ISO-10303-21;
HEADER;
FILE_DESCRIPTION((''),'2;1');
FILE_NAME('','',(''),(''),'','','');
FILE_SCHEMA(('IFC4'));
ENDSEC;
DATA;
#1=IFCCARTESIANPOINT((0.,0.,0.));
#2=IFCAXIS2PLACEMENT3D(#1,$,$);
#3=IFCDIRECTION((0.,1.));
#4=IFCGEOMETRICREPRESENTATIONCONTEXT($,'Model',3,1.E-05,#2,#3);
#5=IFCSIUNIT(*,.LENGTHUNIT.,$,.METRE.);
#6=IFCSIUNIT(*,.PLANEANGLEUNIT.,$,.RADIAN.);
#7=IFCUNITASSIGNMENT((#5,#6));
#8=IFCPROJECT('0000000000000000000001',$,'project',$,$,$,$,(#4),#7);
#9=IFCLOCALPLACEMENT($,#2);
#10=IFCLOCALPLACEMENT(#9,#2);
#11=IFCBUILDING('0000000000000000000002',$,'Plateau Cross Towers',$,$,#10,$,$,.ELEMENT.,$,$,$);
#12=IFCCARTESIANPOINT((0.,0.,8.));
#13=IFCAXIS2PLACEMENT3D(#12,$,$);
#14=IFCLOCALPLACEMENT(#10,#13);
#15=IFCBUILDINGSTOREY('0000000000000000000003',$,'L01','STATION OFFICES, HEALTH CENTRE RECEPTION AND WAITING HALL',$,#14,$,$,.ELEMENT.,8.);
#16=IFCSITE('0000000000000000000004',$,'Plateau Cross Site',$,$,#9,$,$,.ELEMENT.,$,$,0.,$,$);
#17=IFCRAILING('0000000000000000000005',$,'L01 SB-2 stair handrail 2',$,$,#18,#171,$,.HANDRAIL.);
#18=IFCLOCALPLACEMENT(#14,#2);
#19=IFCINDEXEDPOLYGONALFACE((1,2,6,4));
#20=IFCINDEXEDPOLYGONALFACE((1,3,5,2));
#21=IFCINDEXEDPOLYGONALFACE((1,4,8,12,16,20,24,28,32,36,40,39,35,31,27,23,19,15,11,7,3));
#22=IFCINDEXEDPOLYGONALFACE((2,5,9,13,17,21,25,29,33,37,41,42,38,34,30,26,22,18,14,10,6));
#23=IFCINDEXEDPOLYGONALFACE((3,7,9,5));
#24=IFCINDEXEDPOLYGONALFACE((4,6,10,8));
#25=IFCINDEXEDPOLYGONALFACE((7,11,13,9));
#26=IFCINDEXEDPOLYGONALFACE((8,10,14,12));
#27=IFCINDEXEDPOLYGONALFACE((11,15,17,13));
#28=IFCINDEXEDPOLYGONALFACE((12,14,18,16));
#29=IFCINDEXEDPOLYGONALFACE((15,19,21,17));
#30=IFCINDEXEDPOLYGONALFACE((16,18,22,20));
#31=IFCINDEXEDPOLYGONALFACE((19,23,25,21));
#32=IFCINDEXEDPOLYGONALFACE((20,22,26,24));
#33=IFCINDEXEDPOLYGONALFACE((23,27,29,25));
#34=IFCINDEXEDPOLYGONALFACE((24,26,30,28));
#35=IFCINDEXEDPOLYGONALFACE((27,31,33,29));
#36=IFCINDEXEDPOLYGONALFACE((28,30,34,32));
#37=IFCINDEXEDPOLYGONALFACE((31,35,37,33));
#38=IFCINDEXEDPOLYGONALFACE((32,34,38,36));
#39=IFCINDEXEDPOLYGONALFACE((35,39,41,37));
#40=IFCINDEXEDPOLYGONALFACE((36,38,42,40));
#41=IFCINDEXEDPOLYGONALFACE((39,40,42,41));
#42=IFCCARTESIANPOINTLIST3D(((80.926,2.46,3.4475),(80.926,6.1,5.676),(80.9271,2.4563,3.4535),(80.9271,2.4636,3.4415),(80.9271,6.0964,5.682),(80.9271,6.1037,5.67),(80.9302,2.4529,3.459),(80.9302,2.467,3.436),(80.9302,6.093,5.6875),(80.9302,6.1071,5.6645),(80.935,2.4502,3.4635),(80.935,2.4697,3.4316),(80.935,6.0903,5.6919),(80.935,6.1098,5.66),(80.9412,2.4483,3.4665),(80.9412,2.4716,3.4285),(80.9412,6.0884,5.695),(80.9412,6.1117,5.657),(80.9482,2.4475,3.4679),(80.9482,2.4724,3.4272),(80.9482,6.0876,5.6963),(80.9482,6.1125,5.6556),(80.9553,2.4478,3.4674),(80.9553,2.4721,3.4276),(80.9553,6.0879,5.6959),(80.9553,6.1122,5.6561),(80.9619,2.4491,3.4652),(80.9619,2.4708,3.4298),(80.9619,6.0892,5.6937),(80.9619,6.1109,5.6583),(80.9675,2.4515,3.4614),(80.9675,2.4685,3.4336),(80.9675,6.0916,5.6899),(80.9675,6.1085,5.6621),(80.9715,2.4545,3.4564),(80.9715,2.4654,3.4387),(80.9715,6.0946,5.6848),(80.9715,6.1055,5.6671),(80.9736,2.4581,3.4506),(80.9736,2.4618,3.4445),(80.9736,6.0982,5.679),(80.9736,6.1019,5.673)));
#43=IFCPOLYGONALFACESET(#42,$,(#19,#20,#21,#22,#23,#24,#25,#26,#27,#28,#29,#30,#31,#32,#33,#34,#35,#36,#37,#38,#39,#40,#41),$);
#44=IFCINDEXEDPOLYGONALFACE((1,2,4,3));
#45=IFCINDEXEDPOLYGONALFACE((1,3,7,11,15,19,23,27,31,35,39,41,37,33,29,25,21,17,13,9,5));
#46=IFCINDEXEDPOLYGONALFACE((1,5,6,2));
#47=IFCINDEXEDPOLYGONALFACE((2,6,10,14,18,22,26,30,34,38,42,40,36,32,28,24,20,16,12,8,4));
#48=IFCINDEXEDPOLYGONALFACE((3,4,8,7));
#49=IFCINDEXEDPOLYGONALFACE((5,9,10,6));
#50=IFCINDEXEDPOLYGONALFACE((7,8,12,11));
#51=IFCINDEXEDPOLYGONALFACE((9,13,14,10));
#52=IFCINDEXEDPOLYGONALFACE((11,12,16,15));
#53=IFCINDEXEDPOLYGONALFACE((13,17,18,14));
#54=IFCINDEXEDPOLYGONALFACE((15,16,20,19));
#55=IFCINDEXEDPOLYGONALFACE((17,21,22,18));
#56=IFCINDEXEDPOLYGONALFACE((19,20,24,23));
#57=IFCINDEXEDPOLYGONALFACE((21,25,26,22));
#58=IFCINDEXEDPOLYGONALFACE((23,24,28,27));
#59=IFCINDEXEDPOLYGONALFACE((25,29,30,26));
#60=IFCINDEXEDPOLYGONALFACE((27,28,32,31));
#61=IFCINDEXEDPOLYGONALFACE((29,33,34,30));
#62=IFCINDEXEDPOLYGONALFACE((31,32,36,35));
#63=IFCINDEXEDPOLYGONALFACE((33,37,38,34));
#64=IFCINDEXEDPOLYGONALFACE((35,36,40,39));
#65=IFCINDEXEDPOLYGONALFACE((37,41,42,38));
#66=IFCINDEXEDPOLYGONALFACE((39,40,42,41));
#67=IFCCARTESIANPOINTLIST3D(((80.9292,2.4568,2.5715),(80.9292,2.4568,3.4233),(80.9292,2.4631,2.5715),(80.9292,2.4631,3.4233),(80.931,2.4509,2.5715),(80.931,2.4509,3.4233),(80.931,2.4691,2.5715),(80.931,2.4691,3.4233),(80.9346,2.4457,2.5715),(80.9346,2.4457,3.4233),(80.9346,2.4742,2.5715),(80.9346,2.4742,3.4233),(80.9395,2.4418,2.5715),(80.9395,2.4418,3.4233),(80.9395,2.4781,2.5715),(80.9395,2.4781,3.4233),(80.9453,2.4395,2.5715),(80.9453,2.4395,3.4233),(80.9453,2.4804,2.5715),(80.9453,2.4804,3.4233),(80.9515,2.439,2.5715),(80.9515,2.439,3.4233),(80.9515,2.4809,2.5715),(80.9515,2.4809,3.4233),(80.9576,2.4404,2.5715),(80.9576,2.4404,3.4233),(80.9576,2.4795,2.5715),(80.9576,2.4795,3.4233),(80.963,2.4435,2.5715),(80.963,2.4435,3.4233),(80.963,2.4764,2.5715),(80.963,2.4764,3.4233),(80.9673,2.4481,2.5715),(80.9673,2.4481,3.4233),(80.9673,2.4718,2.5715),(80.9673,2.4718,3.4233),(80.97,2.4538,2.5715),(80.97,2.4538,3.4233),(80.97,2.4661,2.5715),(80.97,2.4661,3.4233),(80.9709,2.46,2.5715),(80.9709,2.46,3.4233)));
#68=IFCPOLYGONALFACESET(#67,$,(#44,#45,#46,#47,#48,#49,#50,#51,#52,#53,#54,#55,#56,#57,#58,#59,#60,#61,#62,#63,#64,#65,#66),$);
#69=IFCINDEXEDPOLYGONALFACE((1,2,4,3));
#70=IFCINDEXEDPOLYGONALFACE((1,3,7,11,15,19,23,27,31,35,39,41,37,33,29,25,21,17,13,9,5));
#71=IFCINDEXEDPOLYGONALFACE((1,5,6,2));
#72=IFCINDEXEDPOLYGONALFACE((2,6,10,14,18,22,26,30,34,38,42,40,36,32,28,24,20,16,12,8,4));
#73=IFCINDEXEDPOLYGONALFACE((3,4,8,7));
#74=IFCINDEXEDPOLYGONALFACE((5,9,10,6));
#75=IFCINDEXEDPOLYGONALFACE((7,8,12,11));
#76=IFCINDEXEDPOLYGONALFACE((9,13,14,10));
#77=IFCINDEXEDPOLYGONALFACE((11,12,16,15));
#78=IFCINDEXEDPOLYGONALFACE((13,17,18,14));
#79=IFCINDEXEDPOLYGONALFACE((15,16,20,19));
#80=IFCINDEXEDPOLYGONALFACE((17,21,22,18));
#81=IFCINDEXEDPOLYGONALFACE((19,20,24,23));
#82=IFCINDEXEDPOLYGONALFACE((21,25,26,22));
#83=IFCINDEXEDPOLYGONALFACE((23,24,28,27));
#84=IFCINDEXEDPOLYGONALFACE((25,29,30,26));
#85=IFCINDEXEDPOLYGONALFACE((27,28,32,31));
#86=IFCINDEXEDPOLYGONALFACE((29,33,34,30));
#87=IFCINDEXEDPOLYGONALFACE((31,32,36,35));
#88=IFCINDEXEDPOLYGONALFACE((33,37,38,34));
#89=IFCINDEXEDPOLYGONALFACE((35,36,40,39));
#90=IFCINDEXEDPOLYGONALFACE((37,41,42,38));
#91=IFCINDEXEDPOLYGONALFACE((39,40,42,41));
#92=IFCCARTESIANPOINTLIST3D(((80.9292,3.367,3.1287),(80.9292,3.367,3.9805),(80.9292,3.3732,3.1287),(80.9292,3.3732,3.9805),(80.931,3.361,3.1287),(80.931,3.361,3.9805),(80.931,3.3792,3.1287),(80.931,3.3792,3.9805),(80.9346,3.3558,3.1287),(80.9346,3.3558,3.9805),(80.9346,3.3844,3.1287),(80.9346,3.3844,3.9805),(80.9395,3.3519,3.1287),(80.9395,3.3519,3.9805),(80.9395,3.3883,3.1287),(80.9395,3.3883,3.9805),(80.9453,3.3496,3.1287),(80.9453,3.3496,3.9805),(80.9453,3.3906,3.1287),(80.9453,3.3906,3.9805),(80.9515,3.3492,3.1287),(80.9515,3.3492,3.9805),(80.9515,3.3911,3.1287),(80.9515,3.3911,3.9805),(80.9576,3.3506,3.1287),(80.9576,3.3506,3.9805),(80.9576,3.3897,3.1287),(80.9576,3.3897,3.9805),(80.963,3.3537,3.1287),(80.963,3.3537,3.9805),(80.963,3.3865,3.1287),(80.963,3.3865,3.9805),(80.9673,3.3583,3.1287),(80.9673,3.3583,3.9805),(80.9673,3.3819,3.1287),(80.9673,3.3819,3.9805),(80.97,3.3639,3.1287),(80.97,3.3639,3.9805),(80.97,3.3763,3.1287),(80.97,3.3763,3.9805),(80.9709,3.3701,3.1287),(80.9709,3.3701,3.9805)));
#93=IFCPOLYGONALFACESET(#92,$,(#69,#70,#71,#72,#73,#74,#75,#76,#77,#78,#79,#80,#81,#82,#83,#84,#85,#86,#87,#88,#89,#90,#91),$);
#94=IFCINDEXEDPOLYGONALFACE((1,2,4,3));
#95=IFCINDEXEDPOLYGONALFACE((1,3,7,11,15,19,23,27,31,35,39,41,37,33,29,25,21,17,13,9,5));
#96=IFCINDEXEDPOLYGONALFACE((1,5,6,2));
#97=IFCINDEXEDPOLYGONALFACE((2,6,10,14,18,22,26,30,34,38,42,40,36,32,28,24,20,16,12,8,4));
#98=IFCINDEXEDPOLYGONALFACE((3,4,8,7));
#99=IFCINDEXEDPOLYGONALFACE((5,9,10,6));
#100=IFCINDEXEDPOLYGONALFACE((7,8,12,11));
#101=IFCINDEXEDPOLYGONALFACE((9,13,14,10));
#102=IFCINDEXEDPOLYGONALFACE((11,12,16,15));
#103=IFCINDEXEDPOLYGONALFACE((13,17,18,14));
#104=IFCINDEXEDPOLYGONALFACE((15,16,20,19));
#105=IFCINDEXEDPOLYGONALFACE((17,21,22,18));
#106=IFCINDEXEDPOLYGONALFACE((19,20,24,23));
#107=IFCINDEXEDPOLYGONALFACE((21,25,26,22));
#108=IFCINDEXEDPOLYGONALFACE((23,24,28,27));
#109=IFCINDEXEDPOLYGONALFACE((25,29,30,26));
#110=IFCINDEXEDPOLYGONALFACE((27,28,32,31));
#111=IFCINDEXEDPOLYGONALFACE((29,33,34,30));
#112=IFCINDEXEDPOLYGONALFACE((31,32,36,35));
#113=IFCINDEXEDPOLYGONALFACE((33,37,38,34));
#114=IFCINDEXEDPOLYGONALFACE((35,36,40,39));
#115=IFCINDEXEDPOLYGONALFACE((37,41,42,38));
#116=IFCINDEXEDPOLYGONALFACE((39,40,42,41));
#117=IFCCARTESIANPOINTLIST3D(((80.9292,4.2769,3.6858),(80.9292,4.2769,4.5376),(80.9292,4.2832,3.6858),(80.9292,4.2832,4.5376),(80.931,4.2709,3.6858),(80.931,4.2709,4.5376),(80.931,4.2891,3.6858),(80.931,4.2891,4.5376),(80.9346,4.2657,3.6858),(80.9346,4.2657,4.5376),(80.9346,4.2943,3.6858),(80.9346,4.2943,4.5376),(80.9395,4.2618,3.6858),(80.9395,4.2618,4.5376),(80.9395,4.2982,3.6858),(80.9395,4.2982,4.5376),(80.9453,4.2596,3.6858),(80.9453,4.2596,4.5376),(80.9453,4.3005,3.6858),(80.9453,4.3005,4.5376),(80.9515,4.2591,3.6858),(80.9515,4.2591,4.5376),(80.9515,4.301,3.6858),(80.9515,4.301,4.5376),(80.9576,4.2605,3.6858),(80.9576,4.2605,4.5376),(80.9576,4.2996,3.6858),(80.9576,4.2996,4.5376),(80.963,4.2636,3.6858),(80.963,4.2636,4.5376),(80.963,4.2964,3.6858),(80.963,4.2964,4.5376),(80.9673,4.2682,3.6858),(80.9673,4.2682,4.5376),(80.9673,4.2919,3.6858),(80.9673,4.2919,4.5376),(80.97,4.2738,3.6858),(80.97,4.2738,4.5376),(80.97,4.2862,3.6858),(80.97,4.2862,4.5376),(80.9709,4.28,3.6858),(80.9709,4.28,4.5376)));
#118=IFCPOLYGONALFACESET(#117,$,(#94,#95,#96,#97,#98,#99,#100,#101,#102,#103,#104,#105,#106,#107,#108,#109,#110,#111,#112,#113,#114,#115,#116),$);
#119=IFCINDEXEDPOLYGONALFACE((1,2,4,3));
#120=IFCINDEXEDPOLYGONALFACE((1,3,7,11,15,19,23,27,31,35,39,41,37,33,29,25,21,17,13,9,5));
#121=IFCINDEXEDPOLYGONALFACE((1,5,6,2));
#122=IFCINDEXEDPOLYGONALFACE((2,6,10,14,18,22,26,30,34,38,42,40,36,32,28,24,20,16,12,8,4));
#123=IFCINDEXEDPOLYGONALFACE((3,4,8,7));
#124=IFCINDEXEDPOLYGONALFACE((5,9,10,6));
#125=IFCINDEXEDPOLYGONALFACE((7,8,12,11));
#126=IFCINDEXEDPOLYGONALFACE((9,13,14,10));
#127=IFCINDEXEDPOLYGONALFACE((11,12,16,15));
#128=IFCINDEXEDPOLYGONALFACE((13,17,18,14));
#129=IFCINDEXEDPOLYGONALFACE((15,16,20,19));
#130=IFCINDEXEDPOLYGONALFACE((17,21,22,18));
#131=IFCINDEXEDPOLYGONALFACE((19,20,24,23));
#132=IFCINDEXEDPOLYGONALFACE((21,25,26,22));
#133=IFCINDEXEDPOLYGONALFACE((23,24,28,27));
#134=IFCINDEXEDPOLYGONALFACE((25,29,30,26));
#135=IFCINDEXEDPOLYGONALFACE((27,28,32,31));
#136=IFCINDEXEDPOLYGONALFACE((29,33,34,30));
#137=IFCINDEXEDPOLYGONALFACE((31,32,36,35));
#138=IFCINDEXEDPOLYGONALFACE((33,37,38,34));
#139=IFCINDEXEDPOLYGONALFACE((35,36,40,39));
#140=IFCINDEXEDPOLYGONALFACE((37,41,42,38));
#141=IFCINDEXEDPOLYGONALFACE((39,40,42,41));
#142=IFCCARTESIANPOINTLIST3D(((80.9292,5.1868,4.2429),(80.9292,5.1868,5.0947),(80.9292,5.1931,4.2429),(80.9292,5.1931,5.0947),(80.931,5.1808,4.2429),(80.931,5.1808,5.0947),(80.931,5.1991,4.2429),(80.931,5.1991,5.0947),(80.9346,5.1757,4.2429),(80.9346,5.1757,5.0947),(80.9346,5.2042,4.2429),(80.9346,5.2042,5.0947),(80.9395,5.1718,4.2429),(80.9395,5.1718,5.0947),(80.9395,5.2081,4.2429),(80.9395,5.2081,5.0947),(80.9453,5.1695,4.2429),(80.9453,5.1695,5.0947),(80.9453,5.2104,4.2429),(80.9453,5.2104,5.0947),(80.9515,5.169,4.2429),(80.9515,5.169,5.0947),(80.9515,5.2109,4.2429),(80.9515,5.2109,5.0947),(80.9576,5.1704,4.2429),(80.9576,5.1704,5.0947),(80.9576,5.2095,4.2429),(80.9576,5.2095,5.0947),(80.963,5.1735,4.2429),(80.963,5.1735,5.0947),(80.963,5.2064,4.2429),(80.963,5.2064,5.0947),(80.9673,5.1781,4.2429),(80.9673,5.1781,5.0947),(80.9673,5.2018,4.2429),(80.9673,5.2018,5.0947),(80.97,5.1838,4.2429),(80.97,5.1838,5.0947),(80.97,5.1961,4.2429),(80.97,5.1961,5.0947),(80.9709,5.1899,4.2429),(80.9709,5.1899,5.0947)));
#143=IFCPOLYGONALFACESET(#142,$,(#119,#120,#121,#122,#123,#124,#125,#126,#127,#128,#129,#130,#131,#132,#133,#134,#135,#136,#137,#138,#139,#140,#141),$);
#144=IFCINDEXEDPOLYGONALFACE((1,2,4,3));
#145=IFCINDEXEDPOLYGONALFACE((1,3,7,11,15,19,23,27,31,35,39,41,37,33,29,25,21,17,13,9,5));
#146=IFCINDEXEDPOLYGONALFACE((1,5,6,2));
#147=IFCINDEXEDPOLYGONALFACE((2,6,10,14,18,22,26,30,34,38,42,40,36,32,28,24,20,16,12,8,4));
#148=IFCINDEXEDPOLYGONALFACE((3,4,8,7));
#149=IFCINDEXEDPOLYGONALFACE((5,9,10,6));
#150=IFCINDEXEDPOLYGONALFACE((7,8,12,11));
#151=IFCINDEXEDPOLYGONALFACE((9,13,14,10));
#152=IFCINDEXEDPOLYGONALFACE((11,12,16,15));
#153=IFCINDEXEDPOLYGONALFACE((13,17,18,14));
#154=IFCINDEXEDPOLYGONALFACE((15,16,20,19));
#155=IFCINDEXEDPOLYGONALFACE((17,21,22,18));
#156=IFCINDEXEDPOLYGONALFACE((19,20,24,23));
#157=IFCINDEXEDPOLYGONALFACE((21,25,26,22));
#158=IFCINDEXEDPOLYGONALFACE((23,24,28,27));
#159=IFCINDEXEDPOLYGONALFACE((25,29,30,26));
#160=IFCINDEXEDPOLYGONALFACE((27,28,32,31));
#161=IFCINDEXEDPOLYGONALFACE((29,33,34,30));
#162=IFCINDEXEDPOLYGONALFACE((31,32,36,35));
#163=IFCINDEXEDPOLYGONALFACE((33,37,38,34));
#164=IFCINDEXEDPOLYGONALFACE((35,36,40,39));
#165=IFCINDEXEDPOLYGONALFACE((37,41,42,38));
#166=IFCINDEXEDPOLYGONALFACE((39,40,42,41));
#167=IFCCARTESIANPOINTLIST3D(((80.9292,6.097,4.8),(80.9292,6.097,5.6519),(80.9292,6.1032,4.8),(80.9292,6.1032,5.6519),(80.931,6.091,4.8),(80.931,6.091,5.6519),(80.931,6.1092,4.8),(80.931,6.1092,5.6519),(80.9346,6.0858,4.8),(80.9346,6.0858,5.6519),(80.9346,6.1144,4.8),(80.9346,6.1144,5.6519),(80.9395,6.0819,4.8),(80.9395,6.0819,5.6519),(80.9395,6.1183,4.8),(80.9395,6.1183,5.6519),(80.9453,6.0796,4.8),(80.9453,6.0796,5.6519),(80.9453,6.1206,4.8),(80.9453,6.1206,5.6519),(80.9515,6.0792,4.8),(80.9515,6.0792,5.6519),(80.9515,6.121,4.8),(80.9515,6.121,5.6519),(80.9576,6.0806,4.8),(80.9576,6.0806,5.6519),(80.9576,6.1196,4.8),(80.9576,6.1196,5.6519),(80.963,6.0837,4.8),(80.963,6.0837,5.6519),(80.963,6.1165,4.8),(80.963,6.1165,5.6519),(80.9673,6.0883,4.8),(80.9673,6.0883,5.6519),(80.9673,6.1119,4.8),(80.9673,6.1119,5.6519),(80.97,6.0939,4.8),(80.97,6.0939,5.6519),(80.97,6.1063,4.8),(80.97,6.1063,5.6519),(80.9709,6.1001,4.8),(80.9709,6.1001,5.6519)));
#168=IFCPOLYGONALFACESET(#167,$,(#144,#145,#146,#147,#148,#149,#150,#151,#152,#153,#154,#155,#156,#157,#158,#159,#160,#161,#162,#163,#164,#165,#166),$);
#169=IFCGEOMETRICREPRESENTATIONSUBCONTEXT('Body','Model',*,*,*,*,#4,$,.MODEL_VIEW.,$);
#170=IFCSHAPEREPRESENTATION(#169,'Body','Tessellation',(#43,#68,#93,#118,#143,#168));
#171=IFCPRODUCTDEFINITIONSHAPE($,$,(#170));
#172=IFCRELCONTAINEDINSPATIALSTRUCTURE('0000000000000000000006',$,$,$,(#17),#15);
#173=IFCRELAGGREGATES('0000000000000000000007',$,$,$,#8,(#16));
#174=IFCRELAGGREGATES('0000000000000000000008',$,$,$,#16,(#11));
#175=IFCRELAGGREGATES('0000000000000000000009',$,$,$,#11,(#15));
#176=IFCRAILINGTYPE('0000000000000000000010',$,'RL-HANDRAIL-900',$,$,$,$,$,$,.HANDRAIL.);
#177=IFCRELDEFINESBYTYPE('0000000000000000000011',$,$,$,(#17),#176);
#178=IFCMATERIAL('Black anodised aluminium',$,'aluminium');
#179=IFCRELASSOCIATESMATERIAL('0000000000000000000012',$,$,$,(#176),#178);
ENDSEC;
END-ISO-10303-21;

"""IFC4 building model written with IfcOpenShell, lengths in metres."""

from ifc_helpers import new_model, si_unit, direction, frame, origin, origin_2d, place, context, subcontext, project, spatial, circle, extrude, material, type_object, element, save


model = new_model("IFC4")

# Units and contexts
model_context = context("Model", 3, precision=1e-05, world=origin(), true_north=direction((0.0, 1.0)))
body_context = subcontext(model_context, "Body", "Model", "MODEL_VIEW")
ifc_project = project(units=[si_unit("LENGTHUNIT", "METRE"), si_unit("PLANEANGLEUNIT", "RADIAN")], contexts=[model_context])

# Site, building, storey
site_placement = place(None, origin())
site = spatial("IfcSite", under=ifc_project, at=site_placement, Name="Plateau Cross Site", CompositionType="ELEMENT", RefElevation=0.0)
building_placement = place(site_placement, origin())
building = spatial("IfcBuilding", under=site, at=building_placement, Name="Plateau Cross Towers", CompositionType="ELEMENT")
storey_placement = place(building_placement, frame((0.0, 0.0, 8.0)))
storey = spatial("IfcBuildingStorey", under=building, at=storey_placement, Name="L01", Description="STATION OFFICES, HEALTH CENTRE RECEPTION AND WAITING HALL", CompositionType="ELEMENT", Elevation=8.0)

# Railing
ifc_material_1 = material(Name="Black anodised aluminium", Category="aluminium")
railing_type_1 = type_object("IfcRailingType", Name="RL-HANDRAIL-900", PredefinedType="HANDRAIL", material=ifc_material_1)
railing_1_placement = place(storey_placement, frame((80.95, 2.46, 2.5715)))
element("IfcRailing", 1, at=railing_1_placement, inside=storey, type_object=railing_type_1, Name="L01 SB-2 stair handrail 2", PredefinedType="HANDRAIL", context=body_context, shape_type="SweptSolid", body=[
    extrude(circle(Radius=0.0239, at=origin_2d()), frame((0.0, 0.0, 0.876), z_axis=(0.0, 0.852866, 0.52213), x_axis=(-1.0, 0.0, 0.0)), (0.0, 0.0, 1.0), 4.2681),
    extrude(circle(Radius=0.021, at=origin_2d()), origin(), (0.0, 0.0, 1.0), 0.8518),
    extrude(circle(Radius=0.021, at=origin_2d()), frame((0.0, 0.9102, 0.5571)), (0.0, 0.0, 1.0), 0.8518),
    extrude(circle(Radius=0.021, at=origin_2d()), frame((0.0, 1.8201, 1.1143)), (0.0, 0.0, 1.0), 0.8518),
    extrude(circle(Radius=0.021, at=origin_2d()), frame((0.0, 2.73, 1.6714)), (0.0, 0.0, 1.0), 0.8518),
    extrude(circle(Radius=0.021, at=origin_2d()), frame((0.0, 3.6401, 2.2285)), (0.0, 0.0, 1.0), 0.8518),
])

save(model, "model.ifc")
